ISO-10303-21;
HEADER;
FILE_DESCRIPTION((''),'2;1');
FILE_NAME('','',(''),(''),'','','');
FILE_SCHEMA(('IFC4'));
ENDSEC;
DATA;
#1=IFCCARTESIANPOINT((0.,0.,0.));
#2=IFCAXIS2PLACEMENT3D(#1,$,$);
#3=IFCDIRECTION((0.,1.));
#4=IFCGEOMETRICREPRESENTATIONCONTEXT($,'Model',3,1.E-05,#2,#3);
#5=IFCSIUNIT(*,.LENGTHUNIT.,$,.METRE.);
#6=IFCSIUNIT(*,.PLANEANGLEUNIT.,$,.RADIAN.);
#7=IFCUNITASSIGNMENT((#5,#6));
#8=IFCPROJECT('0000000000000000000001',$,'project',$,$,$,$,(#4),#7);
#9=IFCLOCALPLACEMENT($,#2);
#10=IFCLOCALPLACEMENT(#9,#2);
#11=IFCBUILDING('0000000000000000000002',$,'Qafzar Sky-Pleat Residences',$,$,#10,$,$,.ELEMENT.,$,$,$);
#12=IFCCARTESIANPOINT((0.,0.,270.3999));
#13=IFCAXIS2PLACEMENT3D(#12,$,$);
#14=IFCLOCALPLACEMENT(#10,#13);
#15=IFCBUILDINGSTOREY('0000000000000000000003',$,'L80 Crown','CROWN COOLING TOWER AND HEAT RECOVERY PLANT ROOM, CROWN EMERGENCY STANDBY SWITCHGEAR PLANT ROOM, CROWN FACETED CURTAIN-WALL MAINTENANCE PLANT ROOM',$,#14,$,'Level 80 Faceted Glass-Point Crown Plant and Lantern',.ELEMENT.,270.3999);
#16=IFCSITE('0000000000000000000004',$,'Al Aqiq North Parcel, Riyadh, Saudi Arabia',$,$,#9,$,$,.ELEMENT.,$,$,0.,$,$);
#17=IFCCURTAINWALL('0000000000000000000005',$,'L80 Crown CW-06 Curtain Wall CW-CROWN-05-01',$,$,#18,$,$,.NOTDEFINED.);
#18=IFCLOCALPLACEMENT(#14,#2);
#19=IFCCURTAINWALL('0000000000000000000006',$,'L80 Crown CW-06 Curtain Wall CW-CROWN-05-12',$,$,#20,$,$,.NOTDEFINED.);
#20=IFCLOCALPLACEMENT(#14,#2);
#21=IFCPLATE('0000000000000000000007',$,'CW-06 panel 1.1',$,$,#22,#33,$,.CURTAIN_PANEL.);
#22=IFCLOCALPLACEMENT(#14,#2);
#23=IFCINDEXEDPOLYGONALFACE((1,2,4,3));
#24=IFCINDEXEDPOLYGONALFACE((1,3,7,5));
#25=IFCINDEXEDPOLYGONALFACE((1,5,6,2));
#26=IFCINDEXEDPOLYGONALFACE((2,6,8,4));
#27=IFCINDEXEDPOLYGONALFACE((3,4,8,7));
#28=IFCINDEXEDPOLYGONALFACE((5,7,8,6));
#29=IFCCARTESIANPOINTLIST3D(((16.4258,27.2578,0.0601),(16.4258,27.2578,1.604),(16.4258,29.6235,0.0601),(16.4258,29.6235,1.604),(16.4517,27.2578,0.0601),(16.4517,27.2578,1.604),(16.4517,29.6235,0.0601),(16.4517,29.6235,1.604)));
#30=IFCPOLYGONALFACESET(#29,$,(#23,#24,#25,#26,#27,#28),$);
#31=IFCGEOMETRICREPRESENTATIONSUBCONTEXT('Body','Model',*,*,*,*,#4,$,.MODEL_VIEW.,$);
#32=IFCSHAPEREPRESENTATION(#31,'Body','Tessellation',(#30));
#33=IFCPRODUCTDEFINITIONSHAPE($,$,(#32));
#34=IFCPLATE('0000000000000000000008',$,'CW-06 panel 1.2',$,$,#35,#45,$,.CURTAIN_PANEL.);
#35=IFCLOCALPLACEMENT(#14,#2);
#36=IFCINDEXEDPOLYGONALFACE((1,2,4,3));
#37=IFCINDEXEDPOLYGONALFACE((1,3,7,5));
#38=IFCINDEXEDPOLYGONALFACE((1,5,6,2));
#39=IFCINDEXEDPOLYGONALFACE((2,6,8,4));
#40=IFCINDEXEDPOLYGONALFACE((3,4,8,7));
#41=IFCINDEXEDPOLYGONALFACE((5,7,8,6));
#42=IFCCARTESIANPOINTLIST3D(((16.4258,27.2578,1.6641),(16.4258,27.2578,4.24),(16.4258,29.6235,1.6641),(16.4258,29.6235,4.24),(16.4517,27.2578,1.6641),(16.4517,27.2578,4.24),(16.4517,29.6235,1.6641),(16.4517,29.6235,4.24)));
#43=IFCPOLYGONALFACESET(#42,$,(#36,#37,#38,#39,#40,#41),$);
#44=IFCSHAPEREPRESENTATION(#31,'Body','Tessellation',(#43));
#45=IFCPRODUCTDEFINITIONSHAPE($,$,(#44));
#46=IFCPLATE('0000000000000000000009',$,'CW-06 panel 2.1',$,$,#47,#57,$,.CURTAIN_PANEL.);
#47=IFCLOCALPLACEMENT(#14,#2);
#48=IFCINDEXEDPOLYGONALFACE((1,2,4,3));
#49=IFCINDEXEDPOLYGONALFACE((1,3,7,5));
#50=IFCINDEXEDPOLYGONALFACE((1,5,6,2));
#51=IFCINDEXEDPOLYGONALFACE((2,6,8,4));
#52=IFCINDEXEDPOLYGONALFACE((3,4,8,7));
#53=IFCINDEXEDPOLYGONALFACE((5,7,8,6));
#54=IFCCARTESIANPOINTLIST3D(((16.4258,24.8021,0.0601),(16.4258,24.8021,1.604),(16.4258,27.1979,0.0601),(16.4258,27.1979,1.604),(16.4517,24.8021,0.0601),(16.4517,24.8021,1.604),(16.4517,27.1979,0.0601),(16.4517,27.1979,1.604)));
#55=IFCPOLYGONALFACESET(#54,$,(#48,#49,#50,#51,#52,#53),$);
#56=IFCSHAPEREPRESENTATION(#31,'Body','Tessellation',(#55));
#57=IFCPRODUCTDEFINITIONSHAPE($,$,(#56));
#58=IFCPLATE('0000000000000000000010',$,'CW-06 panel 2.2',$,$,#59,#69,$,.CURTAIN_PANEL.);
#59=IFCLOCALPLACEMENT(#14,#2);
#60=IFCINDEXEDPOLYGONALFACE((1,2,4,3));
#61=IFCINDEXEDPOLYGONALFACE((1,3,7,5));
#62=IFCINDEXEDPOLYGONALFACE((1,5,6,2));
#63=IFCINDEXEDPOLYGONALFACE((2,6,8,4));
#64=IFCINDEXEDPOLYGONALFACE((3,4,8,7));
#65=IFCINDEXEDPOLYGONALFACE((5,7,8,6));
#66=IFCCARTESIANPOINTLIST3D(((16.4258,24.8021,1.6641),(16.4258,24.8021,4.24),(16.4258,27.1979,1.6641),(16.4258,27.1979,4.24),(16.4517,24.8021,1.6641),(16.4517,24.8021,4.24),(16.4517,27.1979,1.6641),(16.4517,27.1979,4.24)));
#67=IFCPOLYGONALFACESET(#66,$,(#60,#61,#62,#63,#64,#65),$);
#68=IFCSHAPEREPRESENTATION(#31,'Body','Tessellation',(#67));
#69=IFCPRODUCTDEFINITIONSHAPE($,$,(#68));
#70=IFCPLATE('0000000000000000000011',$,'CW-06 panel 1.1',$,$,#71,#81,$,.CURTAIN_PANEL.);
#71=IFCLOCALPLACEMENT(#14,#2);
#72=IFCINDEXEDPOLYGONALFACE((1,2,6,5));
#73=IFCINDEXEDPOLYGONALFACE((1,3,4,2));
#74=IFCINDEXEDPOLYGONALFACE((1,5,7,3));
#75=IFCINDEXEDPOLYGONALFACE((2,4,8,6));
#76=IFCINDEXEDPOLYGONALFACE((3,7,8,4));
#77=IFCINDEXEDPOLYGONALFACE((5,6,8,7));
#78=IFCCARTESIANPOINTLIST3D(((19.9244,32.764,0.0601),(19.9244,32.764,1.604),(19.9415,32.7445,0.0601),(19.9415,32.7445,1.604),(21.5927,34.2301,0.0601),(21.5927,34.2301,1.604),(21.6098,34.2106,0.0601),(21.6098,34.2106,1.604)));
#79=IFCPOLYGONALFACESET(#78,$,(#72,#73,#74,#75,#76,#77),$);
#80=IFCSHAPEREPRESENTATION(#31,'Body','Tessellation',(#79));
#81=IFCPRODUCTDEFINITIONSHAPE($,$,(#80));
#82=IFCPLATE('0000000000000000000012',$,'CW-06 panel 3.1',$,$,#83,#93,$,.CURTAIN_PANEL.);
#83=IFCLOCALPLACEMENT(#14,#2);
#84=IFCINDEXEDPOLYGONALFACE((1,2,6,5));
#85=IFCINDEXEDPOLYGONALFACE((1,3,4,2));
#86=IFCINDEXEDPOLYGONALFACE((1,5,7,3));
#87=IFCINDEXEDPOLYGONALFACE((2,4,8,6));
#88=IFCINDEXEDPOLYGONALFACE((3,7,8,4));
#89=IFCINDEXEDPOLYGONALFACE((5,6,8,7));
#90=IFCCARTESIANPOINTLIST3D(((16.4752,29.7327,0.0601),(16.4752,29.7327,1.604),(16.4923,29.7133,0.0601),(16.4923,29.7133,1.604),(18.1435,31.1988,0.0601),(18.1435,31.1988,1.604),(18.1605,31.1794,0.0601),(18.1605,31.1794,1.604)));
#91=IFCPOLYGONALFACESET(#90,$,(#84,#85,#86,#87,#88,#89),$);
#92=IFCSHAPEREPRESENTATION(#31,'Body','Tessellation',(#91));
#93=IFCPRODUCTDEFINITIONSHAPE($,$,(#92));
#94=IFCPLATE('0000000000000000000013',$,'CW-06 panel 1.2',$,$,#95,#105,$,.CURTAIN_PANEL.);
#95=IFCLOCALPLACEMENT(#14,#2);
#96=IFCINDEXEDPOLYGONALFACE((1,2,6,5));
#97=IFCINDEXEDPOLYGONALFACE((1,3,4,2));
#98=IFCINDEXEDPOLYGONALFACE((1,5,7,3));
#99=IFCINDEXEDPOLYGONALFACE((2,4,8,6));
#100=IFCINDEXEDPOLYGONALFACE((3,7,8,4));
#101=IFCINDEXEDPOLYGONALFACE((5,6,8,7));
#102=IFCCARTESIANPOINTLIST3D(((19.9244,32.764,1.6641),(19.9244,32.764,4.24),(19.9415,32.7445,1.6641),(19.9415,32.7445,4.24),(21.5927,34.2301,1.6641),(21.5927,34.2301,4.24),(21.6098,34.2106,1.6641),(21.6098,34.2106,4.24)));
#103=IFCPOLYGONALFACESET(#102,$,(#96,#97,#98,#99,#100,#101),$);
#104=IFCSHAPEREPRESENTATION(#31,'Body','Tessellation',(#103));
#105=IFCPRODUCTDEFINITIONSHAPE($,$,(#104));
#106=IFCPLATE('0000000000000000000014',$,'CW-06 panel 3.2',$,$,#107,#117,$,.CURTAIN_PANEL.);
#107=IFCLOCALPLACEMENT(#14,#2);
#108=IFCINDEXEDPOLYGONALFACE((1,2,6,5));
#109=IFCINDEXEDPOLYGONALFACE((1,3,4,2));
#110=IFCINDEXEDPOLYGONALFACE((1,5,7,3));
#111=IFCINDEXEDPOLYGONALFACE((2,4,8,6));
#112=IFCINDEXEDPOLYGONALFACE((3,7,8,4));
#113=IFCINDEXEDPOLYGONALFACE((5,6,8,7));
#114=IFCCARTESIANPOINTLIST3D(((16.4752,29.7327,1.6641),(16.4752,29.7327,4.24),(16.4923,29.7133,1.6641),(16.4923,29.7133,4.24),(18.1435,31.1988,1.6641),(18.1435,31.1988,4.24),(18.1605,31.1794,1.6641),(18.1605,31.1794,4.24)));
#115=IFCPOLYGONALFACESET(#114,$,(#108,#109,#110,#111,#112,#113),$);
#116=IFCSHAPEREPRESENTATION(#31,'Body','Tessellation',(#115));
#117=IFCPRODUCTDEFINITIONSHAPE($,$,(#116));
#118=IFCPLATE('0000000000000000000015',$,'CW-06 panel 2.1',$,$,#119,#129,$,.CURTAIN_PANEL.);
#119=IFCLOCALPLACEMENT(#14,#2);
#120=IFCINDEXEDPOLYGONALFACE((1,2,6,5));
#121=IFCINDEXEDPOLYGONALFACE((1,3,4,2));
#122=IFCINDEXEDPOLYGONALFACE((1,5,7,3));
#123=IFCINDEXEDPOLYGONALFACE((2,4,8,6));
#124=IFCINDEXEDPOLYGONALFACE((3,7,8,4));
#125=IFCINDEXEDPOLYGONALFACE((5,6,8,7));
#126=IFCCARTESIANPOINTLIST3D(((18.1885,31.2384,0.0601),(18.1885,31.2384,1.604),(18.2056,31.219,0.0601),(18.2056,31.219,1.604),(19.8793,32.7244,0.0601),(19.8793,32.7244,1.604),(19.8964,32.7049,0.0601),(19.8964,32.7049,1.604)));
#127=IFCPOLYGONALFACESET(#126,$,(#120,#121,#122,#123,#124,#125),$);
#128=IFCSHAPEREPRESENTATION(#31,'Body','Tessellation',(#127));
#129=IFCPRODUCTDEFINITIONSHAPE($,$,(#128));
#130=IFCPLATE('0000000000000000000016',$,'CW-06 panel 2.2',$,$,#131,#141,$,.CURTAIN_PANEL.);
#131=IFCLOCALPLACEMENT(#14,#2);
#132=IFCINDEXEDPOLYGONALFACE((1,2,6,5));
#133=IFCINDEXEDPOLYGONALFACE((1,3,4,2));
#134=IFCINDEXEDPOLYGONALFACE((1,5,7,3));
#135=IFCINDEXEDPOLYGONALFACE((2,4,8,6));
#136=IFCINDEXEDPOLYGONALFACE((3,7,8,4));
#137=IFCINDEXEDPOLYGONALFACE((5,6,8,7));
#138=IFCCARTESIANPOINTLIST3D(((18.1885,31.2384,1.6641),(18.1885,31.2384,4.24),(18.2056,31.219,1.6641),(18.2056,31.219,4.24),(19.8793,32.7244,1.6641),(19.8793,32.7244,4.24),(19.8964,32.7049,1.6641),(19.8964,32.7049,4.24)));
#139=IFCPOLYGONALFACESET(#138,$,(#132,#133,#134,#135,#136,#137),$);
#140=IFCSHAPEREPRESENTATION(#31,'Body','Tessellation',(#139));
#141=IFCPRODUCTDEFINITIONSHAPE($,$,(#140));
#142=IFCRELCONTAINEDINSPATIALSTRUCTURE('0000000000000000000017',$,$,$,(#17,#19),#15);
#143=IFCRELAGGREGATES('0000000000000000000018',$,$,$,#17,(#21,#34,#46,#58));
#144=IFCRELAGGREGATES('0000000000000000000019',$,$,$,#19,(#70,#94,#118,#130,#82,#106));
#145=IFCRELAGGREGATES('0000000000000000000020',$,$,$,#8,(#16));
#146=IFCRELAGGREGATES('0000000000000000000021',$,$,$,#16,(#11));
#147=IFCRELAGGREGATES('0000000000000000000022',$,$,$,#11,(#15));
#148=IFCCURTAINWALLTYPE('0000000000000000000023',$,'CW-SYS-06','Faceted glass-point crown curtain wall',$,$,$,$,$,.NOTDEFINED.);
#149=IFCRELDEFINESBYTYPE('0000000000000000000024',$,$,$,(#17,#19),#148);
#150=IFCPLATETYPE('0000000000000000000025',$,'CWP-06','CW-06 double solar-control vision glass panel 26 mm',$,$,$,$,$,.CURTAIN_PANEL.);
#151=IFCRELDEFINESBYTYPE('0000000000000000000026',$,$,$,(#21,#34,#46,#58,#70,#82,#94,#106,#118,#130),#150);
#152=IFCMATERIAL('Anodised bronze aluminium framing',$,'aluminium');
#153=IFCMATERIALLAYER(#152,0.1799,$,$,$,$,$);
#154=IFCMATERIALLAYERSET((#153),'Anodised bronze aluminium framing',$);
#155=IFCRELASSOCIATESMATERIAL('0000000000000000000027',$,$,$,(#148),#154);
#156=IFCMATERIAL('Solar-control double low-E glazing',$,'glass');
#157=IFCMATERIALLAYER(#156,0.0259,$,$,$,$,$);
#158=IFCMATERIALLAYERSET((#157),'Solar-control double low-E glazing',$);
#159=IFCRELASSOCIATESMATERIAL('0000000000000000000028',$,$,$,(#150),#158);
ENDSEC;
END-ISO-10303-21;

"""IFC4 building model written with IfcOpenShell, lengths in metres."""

from ifc_helpers import new_model, si_unit, direction, frame, origin, origin_2d, place, context, subcontext, project, spatial, rectangle, extrude, source, transform, mapped, material, layer, layer_set, type_object, element, aggregate, save


model = new_model("IFC4")

# Units and contexts
model_context = context("Model", 3, precision=1e-05, world=origin(), true_north=direction((0.0, 1.0)))
body_context = subcontext(model_context, "Body", "Model", "MODEL_VIEW")
ifc_project = project(units=[si_unit("LENGTHUNIT", "METRE"), si_unit("PLANEANGLEUNIT", "RADIAN")], contexts=[model_context])

# Site, building, storey
site_placement = place(None, origin())
site = spatial("IfcSite", under=ifc_project, at=site_placement, Name="Al Aqiq North Parcel, Riyadh, Saudi Arabia", CompositionType="ELEMENT", RefElevation=0.0)
building_placement = place(site_placement, origin())
building = spatial("IfcBuilding", under=site, at=building_placement, Name="Qafzar Sky-Pleat Residences", CompositionType="ELEMENT")
storey_placement = place(building_placement, frame((0.0, 0.0, 270.3999)))
storey = spatial("IfcBuildingStorey", under=building, at=storey_placement, Name="L80 Crown", Description="CROWN COOLING TOWER AND HEAT RECOVERY PLANT ROOM, CROWN EMERGENCY STANDBY SWITCHGEAR PLANT ROOM, CROWN FACETED CURTAIN-WALL MAINTENANCE PLANT ROOM", LongName="Level 80 Faceted Glass-Point Crown Plant and Lantern", CompositionType="ELEMENT", Elevation=270.3999)

# Curtain wall
ifc_material_1 = material(Name="Anodised bronze aluminium framing", Category="aluminium")
ifc_layer_1 = layer(ifc_material_1, 0.1799)
ifc_layer_set_1 = layer_set([ifc_layer_1], Name="Anodised bronze aluminium framing")
curtain_wall_type = type_object("IfcCurtainWallType", Name="CW-SYS-06", Description="Faceted glass-point crown curtain wall", PredefinedType="NOTDEFINED", material=ifc_layer_set_1)
curtain_wall_1_placement = place(storey_placement, origin())
curtain_wall_1 = element("IfcCurtainWall", 1, at=curtain_wall_1_placement, inside=storey, type_object=curtain_wall_type, Name="L80 Crown CW-06 Curtain Wall CW-CROWN-05-01", PredefinedType="NOTDEFINED")

# Curtain wall
curtain_wall_2_placement = place(storey_placement, origin())
curtain_wall_2 = element("IfcCurtainWall", 2, at=curtain_wall_2_placement, inside=storey, type_object=curtain_wall_type, Name="L80 Crown CW-06 Curtain Wall CW-CROWN-05-12", PredefinedType="NOTDEFINED")

# Plates
ifc_material_2 = material(Name="Solar-control double low-E glazing", Category="glass")
ifc_layer_2 = layer(ifc_material_2, 0.0259)
ifc_layer_set_2 = layer_set([ifc_layer_2], Name="Solar-control double low-E glazing")
plate_type = type_object("IfcPlateType", Name="CWP-06", Description="CW-06 double solar-control vision glass panel 26 mm", PredefinedType="CURTAIN_PANEL", material=ifc_layer_set_2)
shared_shape_1 = source(origin(), body_context, "Body", "SweptSolid", [
    extrude(rectangle(XDim=2.3657, YDim=0.0259, at=origin_2d()), origin(), (0.0, 0.0, 1.0), 1.5439),
])
plate_1_placement = place(storey_placement, frame((16.4387, 28.4407, 0.0601), z_axis=(0.0, 0.0, 1.0), x_axis=(0.0, -1.0, 0.0)))
plate_1 = element("IfcPlate", 3, at=plate_1_placement, type_object=plate_type, Name="CW-06 panel 1.1", PredefinedType="CURTAIN_PANEL", context=body_context, shape_type="MappedRepresentation", body=[
    mapped(shared_shape_1, transform((0.0, 0.0, 0.0), x_axis=(1.0, 0.0, 0.0), y_axis=(0.0, 1.0, 0.0), z_axis=(0.0, 0.0, 1.0), scale=1.0)),
])
shared_shape_2 = source(origin(), body_context, "Body", "SweptSolid", [
    extrude(rectangle(XDim=2.3657, YDim=0.0259, at=origin_2d()), origin(), (0.0, 0.0, 1.0), 2.5759),
])
plate_2_placement = place(storey_placement, frame((16.4387, 28.4407, 1.6641), z_axis=(0.0, 0.0, 1.0), x_axis=(0.0, -1.0, 0.0)))
plate_2 = element("IfcPlate", 4, at=plate_2_placement, type_object=plate_type, Name="CW-06 panel 1.2", PredefinedType="CURTAIN_PANEL", context=body_context, shape_type="MappedRepresentation", body=[
    mapped(shared_shape_2, transform((0.0, 0.0, 0.0), x_axis=(1.0, 0.0, 0.0), y_axis=(0.0, 1.0, 0.0), z_axis=(0.0, 0.0, 1.0), scale=1.0)),
])
shared_shape_3 = source(origin(), body_context, "Body", "SweptSolid", [
    extrude(rectangle(XDim=2.3958, YDim=0.0259, at=origin_2d()), origin(), (0.0, 0.0, 1.0), 1.5439),
])
plate_3_placement = place(storey_placement, frame((16.4387, 26.0, 0.0601), z_axis=(0.0, 0.0, 1.0), x_axis=(0.0, -1.0, 0.0)))
plate_3 = element("IfcPlate", 5, at=plate_3_placement, type_object=plate_type, Name="CW-06 panel 2.1", PredefinedType="CURTAIN_PANEL", context=body_context, shape_type="MappedRepresentation", body=[
    mapped(shared_shape_3, transform((0.0, 0.0, 0.0), x_axis=(1.0, 0.0, 0.0), y_axis=(0.0, 1.0, 0.0), z_axis=(0.0, 0.0, 1.0), scale=1.0)),
])
shared_shape_4 = source(origin(), body_context, "Body", "SweptSolid", [
    extrude(rectangle(XDim=2.3958, YDim=0.0259, at=origin_2d()), origin(), (0.0, 0.0, 1.0), 2.5759),
])
plate_4_placement = place(storey_placement, frame((16.4387, 26.0, 1.6641), z_axis=(0.0, 0.0, 1.0), x_axis=(0.0, -1.0, 0.0)))
plate_4 = element("IfcPlate", 6, at=plate_4_placement, type_object=plate_type, Name="CW-06 panel 2.2", PredefinedType="CURTAIN_PANEL", context=body_context, shape_type="MappedRepresentation", body=[
    mapped(shared_shape_4, transform((0.0, 0.0, 0.0), x_axis=(1.0, 0.0, 0.0), y_axis=(0.0, 1.0, 0.0), z_axis=(0.0, 0.0, 1.0), scale=1.0)),
])
aggregate(curtain_wall_1, [plate_1, plate_2, plate_3, plate_4])
shared_shape_5 = source(origin(), body_context, "Body", "SweptSolid", [
    extrude(rectangle(XDim=2.2209, YDim=0.0259, at=origin_2d()), origin(), (0.0, 0.0, 1.0), 1.5439),
])
plate_5_placement = place(storey_placement, frame((20.7671, 33.4873, 0.0601), z_axis=(0.0, 0.0, 1.0), x_axis=(-0.75115, -0.660132, 0.0)))
plate_5 = element("IfcPlate", 7, at=plate_5_placement, type_object=plate_type, Name="CW-06 panel 1.1", PredefinedType="CURTAIN_PANEL", context=body_context, shape_type="MappedRepresentation", body=[
    mapped(shared_shape_5, transform((0.0, 0.0, 0.0), x_axis=(1.0, 0.0, 0.0), y_axis=(0.0, 1.0, 0.0), z_axis=(0.0, 0.0, 1.0), scale=1.0)),
])
plate_6_placement = place(storey_placement, frame((17.3179, 30.4561, 0.0601), z_axis=(0.0, 0.0, 1.0), x_axis=(-0.75115, -0.660132, 0.0)))
plate_6 = element("IfcPlate", 8, at=plate_6_placement, type_object=plate_type, Name="CW-06 panel 3.1", PredefinedType="CURTAIN_PANEL", context=body_context, shape_type="MappedRepresentation", body=[
    mapped(shared_shape_5, transform((0.0, 0.0, 0.0), x_axis=(1.0, 0.0, 0.0), y_axis=(0.0, 1.0, 0.0), z_axis=(0.0, 0.0, 1.0), scale=1.0)),
])
shared_shape_6 = source(origin(), body_context, "Body", "SweptSolid", [
    extrude(rectangle(XDim=2.2209, YDim=0.0259, at=origin_2d()), origin(), (0.0, 0.0, 1.0), 2.5759),
])
plate_7_placement = place(storey_placement, frame((20.7671, 33.4873, 1.6641), z_axis=(0.0, 0.0, 1.0), x_axis=(-0.75115, -0.660132, 0.0)))
plate_7 = element("IfcPlate", 9, at=plate_7_placement, type_object=plate_type, Name="CW-06 panel 1.2", PredefinedType="CURTAIN_PANEL", context=body_context, shape_type="MappedRepresentation", body=[
    mapped(shared_shape_6, transform((0.0, 0.0, 0.0), x_axis=(1.0, 0.0, 0.0), y_axis=(0.0, 1.0, 0.0), z_axis=(0.0, 0.0, 1.0), scale=1.0)),
])
plate_8_placement = place(storey_placement, frame((17.3179, 30.4561, 1.6641), z_axis=(0.0, 0.0, 1.0), x_axis=(-0.75115, -0.660132, 0.0)))
plate_8 = element("IfcPlate", 10, at=plate_8_placement, type_object=plate_type, Name="CW-06 panel 3.2", PredefinedType="CURTAIN_PANEL", context=body_context, shape_type="MappedRepresentation", body=[
    mapped(shared_shape_6, transform((0.0, 0.0, 0.0), x_axis=(1.0, 0.0, 0.0), y_axis=(0.0, 1.0, 0.0), z_axis=(0.0, 0.0, 1.0), scale=1.0)),
])
shared_shape_7 = source(origin(), body_context, "Body", "SweptSolid", [
    extrude(rectangle(XDim=2.251, YDim=0.0259, at=origin_2d()), origin(), (0.0, 0.0, 1.0), 1.5439),
])
plate_9_placement = place(storey_placement, frame((19.0425, 31.9717, 0.0601), z_axis=(0.0, 0.0, 1.0), x_axis=(-0.75115, -0.660132, 0.0)))
plate_9 = element("IfcPlate", 11, at=plate_9_placement, type_object=plate_type, Name="CW-06 panel 2.1", PredefinedType="CURTAIN_PANEL", context=body_context, shape_type="MappedRepresentation", body=[
    mapped(shared_shape_7, transform((0.0, 0.0, 0.0), x_axis=(1.0, 0.0, 0.0), y_axis=(0.0, 1.0, 0.0), z_axis=(0.0, 0.0, 1.0), scale=1.0)),
])
shared_shape_8 = source(origin(), body_context, "Body", "SweptSolid", [
    extrude(rectangle(XDim=2.251, YDim=0.0259, at=origin_2d()), origin(), (0.0, 0.0, 1.0), 2.5759),
])
plate_10_placement = place(storey_placement, frame((19.0425, 31.9717, 1.6641), z_axis=(0.0, 0.0, 1.0), x_axis=(-0.75115, -0.660132, 0.0)))
plate_10 = element("IfcPlate", 12, at=plate_10_placement, type_object=plate_type, Name="CW-06 panel 2.2", PredefinedType="CURTAIN_PANEL", context=body_context, shape_type="MappedRepresentation", body=[
    mapped(shared_shape_8, transform((0.0, 0.0, 0.0), x_axis=(1.0, 0.0, 0.0), y_axis=(0.0, 1.0, 0.0), z_axis=(0.0, 0.0, 1.0), scale=1.0)),
])
aggregate(curtain_wall_2, [plate_5, plate_7, plate_9, plate_10, plate_6, plate_8])

save(model, "model.ifc")
